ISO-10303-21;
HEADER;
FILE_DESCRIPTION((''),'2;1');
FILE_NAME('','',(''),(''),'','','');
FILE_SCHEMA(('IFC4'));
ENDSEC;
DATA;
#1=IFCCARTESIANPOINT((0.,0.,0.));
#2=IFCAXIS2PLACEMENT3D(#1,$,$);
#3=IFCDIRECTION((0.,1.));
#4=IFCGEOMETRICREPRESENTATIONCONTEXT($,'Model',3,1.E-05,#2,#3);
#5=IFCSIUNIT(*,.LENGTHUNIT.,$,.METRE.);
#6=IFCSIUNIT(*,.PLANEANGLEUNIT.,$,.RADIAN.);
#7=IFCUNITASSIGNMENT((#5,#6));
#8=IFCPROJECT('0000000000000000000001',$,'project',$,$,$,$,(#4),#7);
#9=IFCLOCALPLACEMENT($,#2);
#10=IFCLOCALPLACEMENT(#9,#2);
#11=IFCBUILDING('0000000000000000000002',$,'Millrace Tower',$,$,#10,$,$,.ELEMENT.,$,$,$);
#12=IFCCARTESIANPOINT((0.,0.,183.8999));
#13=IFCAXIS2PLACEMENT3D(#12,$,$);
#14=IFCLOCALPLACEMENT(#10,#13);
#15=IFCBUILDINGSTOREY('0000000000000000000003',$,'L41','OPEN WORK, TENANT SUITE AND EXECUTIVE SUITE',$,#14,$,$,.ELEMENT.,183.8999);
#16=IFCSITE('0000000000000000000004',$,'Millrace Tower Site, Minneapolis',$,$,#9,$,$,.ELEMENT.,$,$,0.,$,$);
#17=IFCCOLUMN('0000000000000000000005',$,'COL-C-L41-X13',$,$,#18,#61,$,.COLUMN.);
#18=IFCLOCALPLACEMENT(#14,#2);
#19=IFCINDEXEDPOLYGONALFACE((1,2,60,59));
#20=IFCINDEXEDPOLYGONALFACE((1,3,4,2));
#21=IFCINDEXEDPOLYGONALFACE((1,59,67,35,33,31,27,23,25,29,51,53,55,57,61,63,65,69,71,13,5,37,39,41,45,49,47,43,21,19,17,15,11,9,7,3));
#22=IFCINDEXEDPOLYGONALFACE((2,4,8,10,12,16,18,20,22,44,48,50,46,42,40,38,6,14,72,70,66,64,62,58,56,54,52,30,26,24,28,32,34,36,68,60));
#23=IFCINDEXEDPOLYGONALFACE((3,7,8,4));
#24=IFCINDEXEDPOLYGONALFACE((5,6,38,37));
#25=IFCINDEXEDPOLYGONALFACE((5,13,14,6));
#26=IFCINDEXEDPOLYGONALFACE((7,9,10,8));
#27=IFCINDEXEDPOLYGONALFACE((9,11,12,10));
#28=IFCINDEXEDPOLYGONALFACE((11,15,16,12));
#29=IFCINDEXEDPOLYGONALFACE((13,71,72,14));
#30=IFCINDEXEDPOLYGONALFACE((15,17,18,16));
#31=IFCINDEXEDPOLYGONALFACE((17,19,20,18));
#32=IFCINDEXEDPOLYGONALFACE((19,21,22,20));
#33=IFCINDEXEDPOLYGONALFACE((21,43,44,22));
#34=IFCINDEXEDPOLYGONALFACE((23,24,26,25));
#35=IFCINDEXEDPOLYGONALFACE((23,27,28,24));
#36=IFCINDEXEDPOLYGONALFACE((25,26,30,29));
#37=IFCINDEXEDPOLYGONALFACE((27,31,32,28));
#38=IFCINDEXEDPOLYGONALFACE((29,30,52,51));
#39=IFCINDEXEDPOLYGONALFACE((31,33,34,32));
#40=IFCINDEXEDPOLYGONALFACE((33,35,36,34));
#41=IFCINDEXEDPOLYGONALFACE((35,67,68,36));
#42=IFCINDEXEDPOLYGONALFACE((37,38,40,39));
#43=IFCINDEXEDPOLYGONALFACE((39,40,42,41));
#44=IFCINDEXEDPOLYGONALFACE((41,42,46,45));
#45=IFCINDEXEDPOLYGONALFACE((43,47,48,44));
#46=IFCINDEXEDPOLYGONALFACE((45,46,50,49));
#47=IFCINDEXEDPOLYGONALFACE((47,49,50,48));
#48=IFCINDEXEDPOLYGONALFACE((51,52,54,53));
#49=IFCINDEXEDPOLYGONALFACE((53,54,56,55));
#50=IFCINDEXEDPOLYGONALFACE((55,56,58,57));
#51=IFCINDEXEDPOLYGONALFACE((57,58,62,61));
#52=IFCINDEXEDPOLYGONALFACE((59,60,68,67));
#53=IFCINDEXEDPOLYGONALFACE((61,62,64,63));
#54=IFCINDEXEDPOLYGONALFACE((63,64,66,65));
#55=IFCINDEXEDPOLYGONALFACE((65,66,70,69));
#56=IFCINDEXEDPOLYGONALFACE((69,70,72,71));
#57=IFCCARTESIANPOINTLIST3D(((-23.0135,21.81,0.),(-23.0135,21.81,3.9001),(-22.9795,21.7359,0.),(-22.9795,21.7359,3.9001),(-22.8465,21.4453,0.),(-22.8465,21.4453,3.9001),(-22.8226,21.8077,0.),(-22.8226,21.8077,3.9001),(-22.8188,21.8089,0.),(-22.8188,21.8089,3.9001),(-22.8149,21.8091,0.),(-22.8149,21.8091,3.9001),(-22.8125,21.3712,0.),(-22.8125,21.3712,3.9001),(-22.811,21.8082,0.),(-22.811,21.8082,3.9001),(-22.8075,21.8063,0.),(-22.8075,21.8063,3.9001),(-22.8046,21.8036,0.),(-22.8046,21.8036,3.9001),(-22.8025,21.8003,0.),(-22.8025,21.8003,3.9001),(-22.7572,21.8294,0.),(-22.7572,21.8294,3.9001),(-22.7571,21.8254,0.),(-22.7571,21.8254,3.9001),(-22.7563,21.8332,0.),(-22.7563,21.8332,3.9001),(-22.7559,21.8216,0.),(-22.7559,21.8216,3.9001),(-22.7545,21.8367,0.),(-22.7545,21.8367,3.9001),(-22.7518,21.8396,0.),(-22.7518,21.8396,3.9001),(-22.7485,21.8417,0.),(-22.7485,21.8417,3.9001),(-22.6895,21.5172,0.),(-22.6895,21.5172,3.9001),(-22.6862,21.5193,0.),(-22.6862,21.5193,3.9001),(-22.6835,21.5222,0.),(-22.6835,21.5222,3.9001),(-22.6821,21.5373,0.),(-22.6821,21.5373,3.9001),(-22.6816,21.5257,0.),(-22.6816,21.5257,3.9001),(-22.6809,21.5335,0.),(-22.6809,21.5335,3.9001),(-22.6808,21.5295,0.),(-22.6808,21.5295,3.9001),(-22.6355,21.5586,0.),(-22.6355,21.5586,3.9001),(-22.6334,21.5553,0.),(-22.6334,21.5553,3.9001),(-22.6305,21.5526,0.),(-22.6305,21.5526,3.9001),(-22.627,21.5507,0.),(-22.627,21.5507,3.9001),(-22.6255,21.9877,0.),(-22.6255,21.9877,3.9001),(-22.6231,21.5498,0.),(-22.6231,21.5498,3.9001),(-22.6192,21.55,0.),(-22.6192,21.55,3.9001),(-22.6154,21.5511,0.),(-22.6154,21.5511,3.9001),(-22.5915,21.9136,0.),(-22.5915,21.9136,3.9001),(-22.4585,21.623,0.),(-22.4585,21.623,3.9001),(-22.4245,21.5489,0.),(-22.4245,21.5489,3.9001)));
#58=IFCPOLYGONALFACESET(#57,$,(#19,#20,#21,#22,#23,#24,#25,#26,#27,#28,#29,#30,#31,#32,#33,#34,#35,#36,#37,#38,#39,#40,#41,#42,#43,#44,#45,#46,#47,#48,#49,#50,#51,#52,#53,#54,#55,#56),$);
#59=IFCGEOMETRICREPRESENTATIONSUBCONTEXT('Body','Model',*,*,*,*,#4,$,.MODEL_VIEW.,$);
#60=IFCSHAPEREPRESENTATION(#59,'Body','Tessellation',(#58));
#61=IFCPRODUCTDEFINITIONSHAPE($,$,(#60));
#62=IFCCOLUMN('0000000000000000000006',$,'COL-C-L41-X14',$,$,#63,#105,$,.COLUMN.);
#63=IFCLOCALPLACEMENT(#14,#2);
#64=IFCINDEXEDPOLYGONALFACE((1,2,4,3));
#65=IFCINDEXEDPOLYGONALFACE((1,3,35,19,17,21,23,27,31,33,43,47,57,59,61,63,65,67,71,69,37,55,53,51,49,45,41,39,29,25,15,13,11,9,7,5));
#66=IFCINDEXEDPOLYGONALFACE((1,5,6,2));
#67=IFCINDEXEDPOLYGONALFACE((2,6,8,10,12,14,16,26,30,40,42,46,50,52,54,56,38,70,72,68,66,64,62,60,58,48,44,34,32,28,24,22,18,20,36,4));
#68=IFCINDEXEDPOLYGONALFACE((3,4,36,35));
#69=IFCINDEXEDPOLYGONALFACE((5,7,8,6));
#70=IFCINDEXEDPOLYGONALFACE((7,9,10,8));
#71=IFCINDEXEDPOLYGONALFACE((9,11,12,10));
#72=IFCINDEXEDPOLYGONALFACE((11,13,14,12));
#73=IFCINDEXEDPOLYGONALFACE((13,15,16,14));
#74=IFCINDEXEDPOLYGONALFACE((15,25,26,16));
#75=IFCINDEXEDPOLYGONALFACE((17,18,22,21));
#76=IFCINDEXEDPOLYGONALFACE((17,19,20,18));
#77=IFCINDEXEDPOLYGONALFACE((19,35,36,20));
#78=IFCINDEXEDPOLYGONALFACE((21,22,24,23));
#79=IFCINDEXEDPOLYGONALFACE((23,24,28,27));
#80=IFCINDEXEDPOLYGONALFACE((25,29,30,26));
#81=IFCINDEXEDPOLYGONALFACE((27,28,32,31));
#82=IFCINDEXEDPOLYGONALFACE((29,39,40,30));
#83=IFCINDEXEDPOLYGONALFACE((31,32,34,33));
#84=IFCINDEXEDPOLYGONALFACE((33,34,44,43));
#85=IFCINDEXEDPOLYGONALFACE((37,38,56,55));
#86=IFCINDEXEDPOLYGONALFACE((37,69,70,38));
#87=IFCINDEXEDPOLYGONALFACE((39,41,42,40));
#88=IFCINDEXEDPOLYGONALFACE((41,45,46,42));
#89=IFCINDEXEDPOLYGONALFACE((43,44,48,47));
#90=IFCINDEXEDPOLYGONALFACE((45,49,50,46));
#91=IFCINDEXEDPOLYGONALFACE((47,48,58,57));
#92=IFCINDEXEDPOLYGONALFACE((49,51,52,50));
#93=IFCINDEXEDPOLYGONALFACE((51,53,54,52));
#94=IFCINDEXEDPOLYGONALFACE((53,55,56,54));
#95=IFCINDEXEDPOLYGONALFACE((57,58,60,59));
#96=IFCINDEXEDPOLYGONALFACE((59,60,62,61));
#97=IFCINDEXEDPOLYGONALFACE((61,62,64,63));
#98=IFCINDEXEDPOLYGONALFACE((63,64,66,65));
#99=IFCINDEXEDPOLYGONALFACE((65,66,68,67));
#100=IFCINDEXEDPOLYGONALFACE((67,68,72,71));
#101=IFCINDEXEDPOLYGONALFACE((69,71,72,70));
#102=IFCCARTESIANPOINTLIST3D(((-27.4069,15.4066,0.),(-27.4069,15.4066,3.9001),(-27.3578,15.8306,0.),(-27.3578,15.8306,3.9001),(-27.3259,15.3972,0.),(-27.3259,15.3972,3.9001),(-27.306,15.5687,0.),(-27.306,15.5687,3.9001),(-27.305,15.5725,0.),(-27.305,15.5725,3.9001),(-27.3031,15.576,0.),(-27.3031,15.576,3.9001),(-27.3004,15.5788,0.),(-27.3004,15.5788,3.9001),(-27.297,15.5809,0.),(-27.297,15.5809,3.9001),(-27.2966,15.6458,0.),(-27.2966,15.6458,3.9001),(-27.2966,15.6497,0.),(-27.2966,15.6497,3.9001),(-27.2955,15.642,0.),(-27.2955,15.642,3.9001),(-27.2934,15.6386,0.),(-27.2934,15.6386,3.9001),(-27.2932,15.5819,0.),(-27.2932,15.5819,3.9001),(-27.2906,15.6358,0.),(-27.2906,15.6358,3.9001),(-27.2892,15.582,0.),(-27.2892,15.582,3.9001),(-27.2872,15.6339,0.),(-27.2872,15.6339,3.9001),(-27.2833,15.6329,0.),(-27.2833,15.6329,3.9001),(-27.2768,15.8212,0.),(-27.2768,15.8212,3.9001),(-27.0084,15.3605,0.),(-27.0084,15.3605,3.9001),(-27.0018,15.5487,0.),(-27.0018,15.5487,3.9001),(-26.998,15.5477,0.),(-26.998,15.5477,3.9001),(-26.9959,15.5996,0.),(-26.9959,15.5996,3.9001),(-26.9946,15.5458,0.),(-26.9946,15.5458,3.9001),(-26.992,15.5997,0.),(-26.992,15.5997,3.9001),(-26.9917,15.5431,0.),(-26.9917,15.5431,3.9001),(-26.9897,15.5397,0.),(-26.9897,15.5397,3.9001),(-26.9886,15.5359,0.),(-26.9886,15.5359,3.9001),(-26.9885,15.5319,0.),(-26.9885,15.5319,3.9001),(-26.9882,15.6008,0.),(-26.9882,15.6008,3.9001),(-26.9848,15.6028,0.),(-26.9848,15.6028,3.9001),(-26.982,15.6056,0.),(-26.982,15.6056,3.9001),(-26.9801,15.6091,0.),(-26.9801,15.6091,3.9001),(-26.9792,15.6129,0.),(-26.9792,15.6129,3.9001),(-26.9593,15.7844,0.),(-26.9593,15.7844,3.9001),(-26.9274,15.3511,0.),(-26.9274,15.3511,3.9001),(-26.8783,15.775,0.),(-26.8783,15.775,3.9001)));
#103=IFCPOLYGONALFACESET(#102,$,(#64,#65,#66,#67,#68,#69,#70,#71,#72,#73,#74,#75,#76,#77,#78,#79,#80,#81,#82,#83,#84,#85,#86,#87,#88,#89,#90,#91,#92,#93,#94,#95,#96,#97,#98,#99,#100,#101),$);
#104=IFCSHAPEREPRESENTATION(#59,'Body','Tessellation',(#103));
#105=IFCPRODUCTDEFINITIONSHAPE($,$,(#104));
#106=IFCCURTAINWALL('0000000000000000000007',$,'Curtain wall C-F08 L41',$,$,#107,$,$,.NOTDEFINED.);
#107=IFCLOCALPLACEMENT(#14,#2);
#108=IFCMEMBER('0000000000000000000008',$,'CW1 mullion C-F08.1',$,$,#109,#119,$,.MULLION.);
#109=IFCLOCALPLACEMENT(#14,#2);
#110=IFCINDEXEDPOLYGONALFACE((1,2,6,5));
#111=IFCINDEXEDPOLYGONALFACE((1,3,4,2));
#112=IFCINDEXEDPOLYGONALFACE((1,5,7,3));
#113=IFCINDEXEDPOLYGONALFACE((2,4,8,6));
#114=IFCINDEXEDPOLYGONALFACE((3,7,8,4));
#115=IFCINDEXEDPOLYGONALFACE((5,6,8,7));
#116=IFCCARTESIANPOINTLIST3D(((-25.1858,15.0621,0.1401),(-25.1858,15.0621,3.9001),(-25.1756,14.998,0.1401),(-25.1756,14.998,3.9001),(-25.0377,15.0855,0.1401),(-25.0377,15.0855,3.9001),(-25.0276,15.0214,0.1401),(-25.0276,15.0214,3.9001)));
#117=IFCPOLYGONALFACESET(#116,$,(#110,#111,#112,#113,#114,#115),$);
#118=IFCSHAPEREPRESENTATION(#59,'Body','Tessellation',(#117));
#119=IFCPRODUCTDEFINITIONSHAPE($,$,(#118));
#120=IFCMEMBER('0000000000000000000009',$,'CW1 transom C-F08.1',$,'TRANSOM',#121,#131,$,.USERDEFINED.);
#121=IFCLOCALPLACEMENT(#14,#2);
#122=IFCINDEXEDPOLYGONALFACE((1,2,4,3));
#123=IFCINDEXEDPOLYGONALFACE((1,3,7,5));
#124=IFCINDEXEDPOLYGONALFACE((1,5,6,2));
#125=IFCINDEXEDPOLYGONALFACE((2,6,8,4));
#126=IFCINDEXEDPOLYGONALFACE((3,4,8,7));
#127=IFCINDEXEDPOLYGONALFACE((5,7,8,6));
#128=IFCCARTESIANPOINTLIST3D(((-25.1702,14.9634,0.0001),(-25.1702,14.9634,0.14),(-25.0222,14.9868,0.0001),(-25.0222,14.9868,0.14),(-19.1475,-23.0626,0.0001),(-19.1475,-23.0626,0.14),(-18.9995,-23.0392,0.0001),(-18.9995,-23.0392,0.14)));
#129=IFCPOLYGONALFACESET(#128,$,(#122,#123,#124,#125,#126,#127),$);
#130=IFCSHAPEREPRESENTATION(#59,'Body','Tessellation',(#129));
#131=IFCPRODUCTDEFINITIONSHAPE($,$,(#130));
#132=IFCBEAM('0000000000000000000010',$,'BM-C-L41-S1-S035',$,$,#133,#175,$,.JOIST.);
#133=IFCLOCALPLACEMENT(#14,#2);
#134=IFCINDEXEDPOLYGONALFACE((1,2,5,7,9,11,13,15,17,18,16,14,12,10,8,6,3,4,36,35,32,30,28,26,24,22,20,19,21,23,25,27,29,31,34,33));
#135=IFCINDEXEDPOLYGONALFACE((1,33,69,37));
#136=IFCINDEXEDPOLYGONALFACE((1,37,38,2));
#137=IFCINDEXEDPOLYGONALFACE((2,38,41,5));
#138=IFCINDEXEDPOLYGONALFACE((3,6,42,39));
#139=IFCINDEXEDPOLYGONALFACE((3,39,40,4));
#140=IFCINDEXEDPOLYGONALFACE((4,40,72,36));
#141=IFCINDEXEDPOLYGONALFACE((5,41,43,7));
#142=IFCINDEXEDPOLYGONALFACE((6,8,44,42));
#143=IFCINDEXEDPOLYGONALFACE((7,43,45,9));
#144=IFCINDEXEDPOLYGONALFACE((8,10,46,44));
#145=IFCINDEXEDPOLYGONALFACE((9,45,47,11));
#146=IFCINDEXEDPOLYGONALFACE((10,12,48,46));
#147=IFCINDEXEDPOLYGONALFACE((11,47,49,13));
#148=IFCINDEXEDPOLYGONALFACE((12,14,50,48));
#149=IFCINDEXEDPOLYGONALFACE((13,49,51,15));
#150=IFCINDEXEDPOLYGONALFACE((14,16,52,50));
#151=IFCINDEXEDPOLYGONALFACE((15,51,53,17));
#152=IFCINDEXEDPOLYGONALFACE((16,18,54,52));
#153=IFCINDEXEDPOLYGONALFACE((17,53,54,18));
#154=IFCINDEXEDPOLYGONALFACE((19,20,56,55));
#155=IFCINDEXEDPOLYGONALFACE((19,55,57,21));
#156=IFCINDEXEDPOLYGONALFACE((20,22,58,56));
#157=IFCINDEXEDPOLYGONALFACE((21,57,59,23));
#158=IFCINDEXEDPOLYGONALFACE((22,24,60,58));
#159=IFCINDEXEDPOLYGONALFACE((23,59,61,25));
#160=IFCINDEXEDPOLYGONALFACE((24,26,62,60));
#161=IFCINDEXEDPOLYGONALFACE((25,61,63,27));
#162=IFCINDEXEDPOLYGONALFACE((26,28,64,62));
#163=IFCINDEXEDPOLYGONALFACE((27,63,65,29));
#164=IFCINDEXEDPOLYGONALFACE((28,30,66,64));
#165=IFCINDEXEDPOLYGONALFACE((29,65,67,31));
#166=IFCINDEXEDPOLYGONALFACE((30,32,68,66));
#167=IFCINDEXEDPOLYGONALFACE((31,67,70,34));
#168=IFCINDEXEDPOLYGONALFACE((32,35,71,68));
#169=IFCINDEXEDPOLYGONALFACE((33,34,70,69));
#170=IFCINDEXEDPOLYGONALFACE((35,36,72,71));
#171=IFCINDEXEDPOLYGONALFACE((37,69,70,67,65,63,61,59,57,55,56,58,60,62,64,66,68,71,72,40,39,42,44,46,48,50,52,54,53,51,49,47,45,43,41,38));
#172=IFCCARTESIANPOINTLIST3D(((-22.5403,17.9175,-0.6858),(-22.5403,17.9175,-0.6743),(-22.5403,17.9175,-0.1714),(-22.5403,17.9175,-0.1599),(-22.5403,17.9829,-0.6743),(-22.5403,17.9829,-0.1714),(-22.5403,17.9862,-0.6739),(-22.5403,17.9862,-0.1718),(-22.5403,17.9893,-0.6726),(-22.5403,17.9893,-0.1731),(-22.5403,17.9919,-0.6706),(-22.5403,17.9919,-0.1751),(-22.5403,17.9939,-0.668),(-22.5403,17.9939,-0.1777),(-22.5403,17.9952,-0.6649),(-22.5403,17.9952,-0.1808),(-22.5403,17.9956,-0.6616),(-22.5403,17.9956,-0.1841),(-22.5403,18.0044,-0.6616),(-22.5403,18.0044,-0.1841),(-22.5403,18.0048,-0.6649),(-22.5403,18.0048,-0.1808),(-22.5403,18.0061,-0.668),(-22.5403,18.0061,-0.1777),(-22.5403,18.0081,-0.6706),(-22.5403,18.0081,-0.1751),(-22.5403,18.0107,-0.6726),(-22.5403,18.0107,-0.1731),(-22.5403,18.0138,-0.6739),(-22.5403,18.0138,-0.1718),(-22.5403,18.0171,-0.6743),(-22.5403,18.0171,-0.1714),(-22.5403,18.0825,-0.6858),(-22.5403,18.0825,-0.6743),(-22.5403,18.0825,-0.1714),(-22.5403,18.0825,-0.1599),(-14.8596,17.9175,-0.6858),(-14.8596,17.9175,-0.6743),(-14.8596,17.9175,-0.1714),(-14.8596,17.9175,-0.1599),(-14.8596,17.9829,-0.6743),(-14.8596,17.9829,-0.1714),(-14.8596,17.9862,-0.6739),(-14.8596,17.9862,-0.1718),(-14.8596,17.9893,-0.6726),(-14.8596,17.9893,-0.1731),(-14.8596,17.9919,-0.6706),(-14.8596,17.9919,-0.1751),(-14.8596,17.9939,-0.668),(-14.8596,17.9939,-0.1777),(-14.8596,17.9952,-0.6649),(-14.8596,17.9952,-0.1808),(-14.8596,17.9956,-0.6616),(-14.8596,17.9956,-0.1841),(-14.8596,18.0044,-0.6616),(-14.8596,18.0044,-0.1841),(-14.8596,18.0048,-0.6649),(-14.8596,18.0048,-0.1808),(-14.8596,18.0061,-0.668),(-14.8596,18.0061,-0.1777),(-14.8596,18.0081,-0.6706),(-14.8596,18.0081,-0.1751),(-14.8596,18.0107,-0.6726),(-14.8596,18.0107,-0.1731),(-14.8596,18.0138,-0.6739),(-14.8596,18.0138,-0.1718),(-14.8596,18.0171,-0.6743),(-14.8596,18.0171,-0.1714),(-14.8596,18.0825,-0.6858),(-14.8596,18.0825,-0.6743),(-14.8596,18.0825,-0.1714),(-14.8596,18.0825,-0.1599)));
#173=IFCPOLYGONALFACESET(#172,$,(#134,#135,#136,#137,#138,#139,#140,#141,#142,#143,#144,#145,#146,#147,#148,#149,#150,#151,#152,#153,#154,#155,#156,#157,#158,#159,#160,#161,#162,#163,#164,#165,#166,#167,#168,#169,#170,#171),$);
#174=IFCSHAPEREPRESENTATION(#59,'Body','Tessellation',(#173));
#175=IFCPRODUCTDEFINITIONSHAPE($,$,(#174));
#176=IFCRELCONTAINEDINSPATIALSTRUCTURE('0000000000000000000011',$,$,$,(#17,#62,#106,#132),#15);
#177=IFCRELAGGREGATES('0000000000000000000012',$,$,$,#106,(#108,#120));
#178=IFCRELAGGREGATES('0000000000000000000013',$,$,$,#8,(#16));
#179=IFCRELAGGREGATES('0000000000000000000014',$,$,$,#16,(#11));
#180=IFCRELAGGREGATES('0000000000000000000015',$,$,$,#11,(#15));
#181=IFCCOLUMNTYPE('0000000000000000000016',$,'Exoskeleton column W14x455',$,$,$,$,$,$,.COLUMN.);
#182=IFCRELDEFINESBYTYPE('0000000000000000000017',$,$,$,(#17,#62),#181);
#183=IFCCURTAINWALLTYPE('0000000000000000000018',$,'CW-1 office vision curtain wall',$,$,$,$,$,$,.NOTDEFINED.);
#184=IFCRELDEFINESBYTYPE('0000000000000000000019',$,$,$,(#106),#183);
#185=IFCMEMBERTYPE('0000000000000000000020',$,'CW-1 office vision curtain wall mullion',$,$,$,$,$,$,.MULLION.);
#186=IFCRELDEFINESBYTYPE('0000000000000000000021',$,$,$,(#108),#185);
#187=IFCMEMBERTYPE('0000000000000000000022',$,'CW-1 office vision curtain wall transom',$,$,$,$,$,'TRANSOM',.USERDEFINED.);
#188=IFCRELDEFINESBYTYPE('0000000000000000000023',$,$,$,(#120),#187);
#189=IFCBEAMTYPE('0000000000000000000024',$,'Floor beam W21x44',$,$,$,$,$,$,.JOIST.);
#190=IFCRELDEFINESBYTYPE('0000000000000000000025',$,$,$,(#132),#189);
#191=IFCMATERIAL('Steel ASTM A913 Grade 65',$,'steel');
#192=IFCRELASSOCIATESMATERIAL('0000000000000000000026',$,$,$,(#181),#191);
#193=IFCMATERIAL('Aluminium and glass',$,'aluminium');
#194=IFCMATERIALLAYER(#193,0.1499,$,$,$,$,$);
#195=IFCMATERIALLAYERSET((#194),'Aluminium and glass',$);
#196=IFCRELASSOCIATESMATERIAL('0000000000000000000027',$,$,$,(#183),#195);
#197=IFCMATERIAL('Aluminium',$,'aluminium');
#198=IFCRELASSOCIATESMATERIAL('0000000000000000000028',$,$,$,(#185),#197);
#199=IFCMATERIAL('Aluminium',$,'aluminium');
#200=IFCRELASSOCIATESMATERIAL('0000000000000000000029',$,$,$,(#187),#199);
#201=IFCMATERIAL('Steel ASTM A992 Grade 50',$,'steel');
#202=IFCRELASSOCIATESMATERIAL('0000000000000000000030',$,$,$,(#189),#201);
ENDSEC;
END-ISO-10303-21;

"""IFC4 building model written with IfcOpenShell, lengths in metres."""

from ifc_helpers import new_model, si_unit, direction, frame, origin, origin_2d, place, context, subcontext, project, spatial, rectangle, i_section, extrude, material, layer, layer_set, material_profile, profile_set, type_object, element, aggregate, save


model = new_model("IFC4")

# Units and contexts
model_context = context("Model", 3, precision=1e-05, world=origin(), true_north=direction((0.0, 1.0)))
body_context = subcontext(model_context, "Body", "Model", "MODEL_VIEW")
ifc_project = project(units=[si_unit("LENGTHUNIT", "METRE"), si_unit("PLANEANGLEUNIT", "RADIAN")], contexts=[model_context])

# Site, building, storey
site_placement = place(None, origin())
site = spatial("IfcSite", under=ifc_project, at=site_placement, Name="Millrace Tower Site, Minneapolis", CompositionType="ELEMENT", RefElevation=0.0)
building_placement = place(site_placement, origin())
building = spatial("IfcBuilding", under=site, at=building_placement, Name="Millrace Tower", CompositionType="ELEMENT")
storey_placement = place(building_placement, frame((0.0, 0.0, 183.8999)))
storey = spatial("IfcBuildingStorey", under=building, at=storey_placement, Name="L41", Description="OPEN WORK, TENANT SUITE AND EXECUTIVE SUITE", CompositionType="ELEMENT", Elevation=183.8999)

# Columns
ifc_material_1 = material(Name="Steel ASTM A913 Grade 65", Category="steel")
ifc_material_profile_1 = material_profile(ifc_material_1, i_section(OverallWidth=0.4268, OverallDepth=0.4827, WebThickness=0.0513, FlangeThickness=0.0815, FilletRadius=0.0151, at=origin_2d()))
ifc_profile_set_1 = profile_set([ifc_material_profile_1], Name="Steel ASTM A913 Grade 65")
column_type = type_object("IfcColumnType", Name="Exoskeleton column W14x455", PredefinedType="COLUMN", material=ifc_profile_set_1)
for number, where, z_axis, x_axis, name in (
    (1, (-22.719, 21.6794, 0.0), (0.0, 0.0, 1.0), (-0.909181, -0.416401, 0.0), "COL-C-L41-X13"),
    (2, (-27.1426, 15.5908, 0.0), (0.0, 0.0, 1.0), (-0.115069, -0.993358, 0.0), "COL-C-L41-X14"),
):
    element("IfcColumn", number, at=place(storey_placement, frame(where, z_axis=z_axis, x_axis=x_axis)), inside=storey, type_object=column_type, Name=name, PredefinedType="COLUMN", context=body_context, shape_type="SweptSolid", body=[
        extrude(i_section(OverallWidth=0.4268, OverallDepth=0.4827, WebThickness=0.0513, FlangeThickness=0.0815, FilletRadius=0.0151, at=origin_2d()), origin(), (0.0, 0.0, 1.0), 3.9001),
    ])

# Curtain wall, members
ifc_material_2 = material(Name="Aluminium and glass", Category="aluminium")
ifc_layer_1 = layer(ifc_material_2, 0.1499)
ifc_layer_set_1 = layer_set([ifc_layer_1], Name="Aluminium and glass")
curtain_wall_type = type_object("IfcCurtainWallType", Name="CW-1 office vision curtain wall", PredefinedType="NOTDEFINED", material=ifc_layer_set_1)
curtain_wall_placement = place(storey_placement, origin())
curtain_wall = element("IfcCurtainWall", 3, at=curtain_wall_placement, inside=storey, type_object=curtain_wall_type, Name="Curtain wall C-F08 L41", PredefinedType="NOTDEFINED")
ifc_material_3 = material(Name="Aluminium", Category="aluminium")
ifc_material_profile_2 = material_profile(ifc_material_3, rectangle(XDim=0.0649, YDim=0.1499, at=origin_2d()))
ifc_profile_set_2 = profile_set([ifc_material_profile_2], Name="Aluminium")
member_type_1 = type_object("IfcMemberType", Name="CW-1 office vision curtain wall mullion", PredefinedType="MULLION", material=ifc_profile_set_2)
member_1_placement = place(storey_placement, frame((-25.1067, 15.0417, 0.1401), z_axis=(0.0, 0.0, 1.0), x_axis=(0.156434, -0.987688, 0.0)))
member_1 = element("IfcMember", 4, at=member_1_placement, type_object=member_type_1, Name="CW1 mullion C-F08.1", PredefinedType="MULLION", context=body_context, shape_type="SweptSolid", body=[
    extrude(rectangle(XDim=0.0649, YDim=0.1499, at=origin_2d()), origin(), (0.0, 0.0, 1.0), 3.76),
])
ifc_material_4 = material(Name="Aluminium", Category="aluminium")
ifc_material_profile_3 = material_profile(ifc_material_4, rectangle(XDim=0.1499, YDim=0.1399, at=origin_2d()))
ifc_profile_set_3 = profile_set([ifc_material_profile_3], Name="Aluminium")
member_type_2 = type_object("IfcMemberType", Name="CW-1 office vision curtain wall transom", ElementType="TRANSOM", PredefinedType="USERDEFINED", material=ifc_profile_set_3)
member_2_placement = place(storey_placement, frame((-25.0962, 14.9751, 0.0701), z_axis=(0.156433, -0.987689, 0.0), x_axis=(0.987689, 0.156433, 0.0)))
member_2 = element("IfcMember", 5, at=member_2_placement, type_object=member_type_2, Name="CW1 transom C-F08.1", ObjectType="TRANSOM", PredefinedType="USERDEFINED", context=body_context, shape_type="SweptSolid", body=[
    extrude(rectangle(XDim=0.1499, YDim=0.1399, at=origin_2d()), origin(), (0.0, 0.0, 1.0), 38.5),
])
aggregate(curtain_wall, [member_1, member_2])

# Beam
ifc_material_5 = material(Name="Steel ASTM A992 Grade 50", Category="steel")
ifc_material_profile_4 = material_profile(ifc_material_5, i_section(OverallWidth=0.165, OverallDepth=0.5259, WebThickness=0.0088, FlangeThickness=0.0115, FilletRadius=0.0127, at=origin_2d()))
ifc_profile_set_4 = profile_set([ifc_material_profile_4], Name="Steel ASTM A992 Grade 50")
beam_type_1 = type_object("IfcBeamType", Name="Floor beam W21x44", PredefinedType="JOIST", material=ifc_profile_set_4)
beam_1_placement = place(storey_placement, frame((-22.5403, 18.0, -0.4229), z_axis=(1.0, 0.0, 0.0), x_axis=(0.0, 1.0, 0.0)))
element("IfcBeam", 6, at=beam_1_placement, inside=storey, type_object=beam_type_1, Name="BM-C-L41-S1-S035", PredefinedType="JOIST", context=body_context, shape_type="SweptSolid", body=[
    extrude(i_section(OverallWidth=0.165, OverallDepth=0.5259, WebThickness=0.0088, FlangeThickness=0.0115, FilletRadius=0.0127, at=origin_2d()), origin(), (0.0, 0.0, 1.0), 7.6807),
])

save(model, "model.ifc")
